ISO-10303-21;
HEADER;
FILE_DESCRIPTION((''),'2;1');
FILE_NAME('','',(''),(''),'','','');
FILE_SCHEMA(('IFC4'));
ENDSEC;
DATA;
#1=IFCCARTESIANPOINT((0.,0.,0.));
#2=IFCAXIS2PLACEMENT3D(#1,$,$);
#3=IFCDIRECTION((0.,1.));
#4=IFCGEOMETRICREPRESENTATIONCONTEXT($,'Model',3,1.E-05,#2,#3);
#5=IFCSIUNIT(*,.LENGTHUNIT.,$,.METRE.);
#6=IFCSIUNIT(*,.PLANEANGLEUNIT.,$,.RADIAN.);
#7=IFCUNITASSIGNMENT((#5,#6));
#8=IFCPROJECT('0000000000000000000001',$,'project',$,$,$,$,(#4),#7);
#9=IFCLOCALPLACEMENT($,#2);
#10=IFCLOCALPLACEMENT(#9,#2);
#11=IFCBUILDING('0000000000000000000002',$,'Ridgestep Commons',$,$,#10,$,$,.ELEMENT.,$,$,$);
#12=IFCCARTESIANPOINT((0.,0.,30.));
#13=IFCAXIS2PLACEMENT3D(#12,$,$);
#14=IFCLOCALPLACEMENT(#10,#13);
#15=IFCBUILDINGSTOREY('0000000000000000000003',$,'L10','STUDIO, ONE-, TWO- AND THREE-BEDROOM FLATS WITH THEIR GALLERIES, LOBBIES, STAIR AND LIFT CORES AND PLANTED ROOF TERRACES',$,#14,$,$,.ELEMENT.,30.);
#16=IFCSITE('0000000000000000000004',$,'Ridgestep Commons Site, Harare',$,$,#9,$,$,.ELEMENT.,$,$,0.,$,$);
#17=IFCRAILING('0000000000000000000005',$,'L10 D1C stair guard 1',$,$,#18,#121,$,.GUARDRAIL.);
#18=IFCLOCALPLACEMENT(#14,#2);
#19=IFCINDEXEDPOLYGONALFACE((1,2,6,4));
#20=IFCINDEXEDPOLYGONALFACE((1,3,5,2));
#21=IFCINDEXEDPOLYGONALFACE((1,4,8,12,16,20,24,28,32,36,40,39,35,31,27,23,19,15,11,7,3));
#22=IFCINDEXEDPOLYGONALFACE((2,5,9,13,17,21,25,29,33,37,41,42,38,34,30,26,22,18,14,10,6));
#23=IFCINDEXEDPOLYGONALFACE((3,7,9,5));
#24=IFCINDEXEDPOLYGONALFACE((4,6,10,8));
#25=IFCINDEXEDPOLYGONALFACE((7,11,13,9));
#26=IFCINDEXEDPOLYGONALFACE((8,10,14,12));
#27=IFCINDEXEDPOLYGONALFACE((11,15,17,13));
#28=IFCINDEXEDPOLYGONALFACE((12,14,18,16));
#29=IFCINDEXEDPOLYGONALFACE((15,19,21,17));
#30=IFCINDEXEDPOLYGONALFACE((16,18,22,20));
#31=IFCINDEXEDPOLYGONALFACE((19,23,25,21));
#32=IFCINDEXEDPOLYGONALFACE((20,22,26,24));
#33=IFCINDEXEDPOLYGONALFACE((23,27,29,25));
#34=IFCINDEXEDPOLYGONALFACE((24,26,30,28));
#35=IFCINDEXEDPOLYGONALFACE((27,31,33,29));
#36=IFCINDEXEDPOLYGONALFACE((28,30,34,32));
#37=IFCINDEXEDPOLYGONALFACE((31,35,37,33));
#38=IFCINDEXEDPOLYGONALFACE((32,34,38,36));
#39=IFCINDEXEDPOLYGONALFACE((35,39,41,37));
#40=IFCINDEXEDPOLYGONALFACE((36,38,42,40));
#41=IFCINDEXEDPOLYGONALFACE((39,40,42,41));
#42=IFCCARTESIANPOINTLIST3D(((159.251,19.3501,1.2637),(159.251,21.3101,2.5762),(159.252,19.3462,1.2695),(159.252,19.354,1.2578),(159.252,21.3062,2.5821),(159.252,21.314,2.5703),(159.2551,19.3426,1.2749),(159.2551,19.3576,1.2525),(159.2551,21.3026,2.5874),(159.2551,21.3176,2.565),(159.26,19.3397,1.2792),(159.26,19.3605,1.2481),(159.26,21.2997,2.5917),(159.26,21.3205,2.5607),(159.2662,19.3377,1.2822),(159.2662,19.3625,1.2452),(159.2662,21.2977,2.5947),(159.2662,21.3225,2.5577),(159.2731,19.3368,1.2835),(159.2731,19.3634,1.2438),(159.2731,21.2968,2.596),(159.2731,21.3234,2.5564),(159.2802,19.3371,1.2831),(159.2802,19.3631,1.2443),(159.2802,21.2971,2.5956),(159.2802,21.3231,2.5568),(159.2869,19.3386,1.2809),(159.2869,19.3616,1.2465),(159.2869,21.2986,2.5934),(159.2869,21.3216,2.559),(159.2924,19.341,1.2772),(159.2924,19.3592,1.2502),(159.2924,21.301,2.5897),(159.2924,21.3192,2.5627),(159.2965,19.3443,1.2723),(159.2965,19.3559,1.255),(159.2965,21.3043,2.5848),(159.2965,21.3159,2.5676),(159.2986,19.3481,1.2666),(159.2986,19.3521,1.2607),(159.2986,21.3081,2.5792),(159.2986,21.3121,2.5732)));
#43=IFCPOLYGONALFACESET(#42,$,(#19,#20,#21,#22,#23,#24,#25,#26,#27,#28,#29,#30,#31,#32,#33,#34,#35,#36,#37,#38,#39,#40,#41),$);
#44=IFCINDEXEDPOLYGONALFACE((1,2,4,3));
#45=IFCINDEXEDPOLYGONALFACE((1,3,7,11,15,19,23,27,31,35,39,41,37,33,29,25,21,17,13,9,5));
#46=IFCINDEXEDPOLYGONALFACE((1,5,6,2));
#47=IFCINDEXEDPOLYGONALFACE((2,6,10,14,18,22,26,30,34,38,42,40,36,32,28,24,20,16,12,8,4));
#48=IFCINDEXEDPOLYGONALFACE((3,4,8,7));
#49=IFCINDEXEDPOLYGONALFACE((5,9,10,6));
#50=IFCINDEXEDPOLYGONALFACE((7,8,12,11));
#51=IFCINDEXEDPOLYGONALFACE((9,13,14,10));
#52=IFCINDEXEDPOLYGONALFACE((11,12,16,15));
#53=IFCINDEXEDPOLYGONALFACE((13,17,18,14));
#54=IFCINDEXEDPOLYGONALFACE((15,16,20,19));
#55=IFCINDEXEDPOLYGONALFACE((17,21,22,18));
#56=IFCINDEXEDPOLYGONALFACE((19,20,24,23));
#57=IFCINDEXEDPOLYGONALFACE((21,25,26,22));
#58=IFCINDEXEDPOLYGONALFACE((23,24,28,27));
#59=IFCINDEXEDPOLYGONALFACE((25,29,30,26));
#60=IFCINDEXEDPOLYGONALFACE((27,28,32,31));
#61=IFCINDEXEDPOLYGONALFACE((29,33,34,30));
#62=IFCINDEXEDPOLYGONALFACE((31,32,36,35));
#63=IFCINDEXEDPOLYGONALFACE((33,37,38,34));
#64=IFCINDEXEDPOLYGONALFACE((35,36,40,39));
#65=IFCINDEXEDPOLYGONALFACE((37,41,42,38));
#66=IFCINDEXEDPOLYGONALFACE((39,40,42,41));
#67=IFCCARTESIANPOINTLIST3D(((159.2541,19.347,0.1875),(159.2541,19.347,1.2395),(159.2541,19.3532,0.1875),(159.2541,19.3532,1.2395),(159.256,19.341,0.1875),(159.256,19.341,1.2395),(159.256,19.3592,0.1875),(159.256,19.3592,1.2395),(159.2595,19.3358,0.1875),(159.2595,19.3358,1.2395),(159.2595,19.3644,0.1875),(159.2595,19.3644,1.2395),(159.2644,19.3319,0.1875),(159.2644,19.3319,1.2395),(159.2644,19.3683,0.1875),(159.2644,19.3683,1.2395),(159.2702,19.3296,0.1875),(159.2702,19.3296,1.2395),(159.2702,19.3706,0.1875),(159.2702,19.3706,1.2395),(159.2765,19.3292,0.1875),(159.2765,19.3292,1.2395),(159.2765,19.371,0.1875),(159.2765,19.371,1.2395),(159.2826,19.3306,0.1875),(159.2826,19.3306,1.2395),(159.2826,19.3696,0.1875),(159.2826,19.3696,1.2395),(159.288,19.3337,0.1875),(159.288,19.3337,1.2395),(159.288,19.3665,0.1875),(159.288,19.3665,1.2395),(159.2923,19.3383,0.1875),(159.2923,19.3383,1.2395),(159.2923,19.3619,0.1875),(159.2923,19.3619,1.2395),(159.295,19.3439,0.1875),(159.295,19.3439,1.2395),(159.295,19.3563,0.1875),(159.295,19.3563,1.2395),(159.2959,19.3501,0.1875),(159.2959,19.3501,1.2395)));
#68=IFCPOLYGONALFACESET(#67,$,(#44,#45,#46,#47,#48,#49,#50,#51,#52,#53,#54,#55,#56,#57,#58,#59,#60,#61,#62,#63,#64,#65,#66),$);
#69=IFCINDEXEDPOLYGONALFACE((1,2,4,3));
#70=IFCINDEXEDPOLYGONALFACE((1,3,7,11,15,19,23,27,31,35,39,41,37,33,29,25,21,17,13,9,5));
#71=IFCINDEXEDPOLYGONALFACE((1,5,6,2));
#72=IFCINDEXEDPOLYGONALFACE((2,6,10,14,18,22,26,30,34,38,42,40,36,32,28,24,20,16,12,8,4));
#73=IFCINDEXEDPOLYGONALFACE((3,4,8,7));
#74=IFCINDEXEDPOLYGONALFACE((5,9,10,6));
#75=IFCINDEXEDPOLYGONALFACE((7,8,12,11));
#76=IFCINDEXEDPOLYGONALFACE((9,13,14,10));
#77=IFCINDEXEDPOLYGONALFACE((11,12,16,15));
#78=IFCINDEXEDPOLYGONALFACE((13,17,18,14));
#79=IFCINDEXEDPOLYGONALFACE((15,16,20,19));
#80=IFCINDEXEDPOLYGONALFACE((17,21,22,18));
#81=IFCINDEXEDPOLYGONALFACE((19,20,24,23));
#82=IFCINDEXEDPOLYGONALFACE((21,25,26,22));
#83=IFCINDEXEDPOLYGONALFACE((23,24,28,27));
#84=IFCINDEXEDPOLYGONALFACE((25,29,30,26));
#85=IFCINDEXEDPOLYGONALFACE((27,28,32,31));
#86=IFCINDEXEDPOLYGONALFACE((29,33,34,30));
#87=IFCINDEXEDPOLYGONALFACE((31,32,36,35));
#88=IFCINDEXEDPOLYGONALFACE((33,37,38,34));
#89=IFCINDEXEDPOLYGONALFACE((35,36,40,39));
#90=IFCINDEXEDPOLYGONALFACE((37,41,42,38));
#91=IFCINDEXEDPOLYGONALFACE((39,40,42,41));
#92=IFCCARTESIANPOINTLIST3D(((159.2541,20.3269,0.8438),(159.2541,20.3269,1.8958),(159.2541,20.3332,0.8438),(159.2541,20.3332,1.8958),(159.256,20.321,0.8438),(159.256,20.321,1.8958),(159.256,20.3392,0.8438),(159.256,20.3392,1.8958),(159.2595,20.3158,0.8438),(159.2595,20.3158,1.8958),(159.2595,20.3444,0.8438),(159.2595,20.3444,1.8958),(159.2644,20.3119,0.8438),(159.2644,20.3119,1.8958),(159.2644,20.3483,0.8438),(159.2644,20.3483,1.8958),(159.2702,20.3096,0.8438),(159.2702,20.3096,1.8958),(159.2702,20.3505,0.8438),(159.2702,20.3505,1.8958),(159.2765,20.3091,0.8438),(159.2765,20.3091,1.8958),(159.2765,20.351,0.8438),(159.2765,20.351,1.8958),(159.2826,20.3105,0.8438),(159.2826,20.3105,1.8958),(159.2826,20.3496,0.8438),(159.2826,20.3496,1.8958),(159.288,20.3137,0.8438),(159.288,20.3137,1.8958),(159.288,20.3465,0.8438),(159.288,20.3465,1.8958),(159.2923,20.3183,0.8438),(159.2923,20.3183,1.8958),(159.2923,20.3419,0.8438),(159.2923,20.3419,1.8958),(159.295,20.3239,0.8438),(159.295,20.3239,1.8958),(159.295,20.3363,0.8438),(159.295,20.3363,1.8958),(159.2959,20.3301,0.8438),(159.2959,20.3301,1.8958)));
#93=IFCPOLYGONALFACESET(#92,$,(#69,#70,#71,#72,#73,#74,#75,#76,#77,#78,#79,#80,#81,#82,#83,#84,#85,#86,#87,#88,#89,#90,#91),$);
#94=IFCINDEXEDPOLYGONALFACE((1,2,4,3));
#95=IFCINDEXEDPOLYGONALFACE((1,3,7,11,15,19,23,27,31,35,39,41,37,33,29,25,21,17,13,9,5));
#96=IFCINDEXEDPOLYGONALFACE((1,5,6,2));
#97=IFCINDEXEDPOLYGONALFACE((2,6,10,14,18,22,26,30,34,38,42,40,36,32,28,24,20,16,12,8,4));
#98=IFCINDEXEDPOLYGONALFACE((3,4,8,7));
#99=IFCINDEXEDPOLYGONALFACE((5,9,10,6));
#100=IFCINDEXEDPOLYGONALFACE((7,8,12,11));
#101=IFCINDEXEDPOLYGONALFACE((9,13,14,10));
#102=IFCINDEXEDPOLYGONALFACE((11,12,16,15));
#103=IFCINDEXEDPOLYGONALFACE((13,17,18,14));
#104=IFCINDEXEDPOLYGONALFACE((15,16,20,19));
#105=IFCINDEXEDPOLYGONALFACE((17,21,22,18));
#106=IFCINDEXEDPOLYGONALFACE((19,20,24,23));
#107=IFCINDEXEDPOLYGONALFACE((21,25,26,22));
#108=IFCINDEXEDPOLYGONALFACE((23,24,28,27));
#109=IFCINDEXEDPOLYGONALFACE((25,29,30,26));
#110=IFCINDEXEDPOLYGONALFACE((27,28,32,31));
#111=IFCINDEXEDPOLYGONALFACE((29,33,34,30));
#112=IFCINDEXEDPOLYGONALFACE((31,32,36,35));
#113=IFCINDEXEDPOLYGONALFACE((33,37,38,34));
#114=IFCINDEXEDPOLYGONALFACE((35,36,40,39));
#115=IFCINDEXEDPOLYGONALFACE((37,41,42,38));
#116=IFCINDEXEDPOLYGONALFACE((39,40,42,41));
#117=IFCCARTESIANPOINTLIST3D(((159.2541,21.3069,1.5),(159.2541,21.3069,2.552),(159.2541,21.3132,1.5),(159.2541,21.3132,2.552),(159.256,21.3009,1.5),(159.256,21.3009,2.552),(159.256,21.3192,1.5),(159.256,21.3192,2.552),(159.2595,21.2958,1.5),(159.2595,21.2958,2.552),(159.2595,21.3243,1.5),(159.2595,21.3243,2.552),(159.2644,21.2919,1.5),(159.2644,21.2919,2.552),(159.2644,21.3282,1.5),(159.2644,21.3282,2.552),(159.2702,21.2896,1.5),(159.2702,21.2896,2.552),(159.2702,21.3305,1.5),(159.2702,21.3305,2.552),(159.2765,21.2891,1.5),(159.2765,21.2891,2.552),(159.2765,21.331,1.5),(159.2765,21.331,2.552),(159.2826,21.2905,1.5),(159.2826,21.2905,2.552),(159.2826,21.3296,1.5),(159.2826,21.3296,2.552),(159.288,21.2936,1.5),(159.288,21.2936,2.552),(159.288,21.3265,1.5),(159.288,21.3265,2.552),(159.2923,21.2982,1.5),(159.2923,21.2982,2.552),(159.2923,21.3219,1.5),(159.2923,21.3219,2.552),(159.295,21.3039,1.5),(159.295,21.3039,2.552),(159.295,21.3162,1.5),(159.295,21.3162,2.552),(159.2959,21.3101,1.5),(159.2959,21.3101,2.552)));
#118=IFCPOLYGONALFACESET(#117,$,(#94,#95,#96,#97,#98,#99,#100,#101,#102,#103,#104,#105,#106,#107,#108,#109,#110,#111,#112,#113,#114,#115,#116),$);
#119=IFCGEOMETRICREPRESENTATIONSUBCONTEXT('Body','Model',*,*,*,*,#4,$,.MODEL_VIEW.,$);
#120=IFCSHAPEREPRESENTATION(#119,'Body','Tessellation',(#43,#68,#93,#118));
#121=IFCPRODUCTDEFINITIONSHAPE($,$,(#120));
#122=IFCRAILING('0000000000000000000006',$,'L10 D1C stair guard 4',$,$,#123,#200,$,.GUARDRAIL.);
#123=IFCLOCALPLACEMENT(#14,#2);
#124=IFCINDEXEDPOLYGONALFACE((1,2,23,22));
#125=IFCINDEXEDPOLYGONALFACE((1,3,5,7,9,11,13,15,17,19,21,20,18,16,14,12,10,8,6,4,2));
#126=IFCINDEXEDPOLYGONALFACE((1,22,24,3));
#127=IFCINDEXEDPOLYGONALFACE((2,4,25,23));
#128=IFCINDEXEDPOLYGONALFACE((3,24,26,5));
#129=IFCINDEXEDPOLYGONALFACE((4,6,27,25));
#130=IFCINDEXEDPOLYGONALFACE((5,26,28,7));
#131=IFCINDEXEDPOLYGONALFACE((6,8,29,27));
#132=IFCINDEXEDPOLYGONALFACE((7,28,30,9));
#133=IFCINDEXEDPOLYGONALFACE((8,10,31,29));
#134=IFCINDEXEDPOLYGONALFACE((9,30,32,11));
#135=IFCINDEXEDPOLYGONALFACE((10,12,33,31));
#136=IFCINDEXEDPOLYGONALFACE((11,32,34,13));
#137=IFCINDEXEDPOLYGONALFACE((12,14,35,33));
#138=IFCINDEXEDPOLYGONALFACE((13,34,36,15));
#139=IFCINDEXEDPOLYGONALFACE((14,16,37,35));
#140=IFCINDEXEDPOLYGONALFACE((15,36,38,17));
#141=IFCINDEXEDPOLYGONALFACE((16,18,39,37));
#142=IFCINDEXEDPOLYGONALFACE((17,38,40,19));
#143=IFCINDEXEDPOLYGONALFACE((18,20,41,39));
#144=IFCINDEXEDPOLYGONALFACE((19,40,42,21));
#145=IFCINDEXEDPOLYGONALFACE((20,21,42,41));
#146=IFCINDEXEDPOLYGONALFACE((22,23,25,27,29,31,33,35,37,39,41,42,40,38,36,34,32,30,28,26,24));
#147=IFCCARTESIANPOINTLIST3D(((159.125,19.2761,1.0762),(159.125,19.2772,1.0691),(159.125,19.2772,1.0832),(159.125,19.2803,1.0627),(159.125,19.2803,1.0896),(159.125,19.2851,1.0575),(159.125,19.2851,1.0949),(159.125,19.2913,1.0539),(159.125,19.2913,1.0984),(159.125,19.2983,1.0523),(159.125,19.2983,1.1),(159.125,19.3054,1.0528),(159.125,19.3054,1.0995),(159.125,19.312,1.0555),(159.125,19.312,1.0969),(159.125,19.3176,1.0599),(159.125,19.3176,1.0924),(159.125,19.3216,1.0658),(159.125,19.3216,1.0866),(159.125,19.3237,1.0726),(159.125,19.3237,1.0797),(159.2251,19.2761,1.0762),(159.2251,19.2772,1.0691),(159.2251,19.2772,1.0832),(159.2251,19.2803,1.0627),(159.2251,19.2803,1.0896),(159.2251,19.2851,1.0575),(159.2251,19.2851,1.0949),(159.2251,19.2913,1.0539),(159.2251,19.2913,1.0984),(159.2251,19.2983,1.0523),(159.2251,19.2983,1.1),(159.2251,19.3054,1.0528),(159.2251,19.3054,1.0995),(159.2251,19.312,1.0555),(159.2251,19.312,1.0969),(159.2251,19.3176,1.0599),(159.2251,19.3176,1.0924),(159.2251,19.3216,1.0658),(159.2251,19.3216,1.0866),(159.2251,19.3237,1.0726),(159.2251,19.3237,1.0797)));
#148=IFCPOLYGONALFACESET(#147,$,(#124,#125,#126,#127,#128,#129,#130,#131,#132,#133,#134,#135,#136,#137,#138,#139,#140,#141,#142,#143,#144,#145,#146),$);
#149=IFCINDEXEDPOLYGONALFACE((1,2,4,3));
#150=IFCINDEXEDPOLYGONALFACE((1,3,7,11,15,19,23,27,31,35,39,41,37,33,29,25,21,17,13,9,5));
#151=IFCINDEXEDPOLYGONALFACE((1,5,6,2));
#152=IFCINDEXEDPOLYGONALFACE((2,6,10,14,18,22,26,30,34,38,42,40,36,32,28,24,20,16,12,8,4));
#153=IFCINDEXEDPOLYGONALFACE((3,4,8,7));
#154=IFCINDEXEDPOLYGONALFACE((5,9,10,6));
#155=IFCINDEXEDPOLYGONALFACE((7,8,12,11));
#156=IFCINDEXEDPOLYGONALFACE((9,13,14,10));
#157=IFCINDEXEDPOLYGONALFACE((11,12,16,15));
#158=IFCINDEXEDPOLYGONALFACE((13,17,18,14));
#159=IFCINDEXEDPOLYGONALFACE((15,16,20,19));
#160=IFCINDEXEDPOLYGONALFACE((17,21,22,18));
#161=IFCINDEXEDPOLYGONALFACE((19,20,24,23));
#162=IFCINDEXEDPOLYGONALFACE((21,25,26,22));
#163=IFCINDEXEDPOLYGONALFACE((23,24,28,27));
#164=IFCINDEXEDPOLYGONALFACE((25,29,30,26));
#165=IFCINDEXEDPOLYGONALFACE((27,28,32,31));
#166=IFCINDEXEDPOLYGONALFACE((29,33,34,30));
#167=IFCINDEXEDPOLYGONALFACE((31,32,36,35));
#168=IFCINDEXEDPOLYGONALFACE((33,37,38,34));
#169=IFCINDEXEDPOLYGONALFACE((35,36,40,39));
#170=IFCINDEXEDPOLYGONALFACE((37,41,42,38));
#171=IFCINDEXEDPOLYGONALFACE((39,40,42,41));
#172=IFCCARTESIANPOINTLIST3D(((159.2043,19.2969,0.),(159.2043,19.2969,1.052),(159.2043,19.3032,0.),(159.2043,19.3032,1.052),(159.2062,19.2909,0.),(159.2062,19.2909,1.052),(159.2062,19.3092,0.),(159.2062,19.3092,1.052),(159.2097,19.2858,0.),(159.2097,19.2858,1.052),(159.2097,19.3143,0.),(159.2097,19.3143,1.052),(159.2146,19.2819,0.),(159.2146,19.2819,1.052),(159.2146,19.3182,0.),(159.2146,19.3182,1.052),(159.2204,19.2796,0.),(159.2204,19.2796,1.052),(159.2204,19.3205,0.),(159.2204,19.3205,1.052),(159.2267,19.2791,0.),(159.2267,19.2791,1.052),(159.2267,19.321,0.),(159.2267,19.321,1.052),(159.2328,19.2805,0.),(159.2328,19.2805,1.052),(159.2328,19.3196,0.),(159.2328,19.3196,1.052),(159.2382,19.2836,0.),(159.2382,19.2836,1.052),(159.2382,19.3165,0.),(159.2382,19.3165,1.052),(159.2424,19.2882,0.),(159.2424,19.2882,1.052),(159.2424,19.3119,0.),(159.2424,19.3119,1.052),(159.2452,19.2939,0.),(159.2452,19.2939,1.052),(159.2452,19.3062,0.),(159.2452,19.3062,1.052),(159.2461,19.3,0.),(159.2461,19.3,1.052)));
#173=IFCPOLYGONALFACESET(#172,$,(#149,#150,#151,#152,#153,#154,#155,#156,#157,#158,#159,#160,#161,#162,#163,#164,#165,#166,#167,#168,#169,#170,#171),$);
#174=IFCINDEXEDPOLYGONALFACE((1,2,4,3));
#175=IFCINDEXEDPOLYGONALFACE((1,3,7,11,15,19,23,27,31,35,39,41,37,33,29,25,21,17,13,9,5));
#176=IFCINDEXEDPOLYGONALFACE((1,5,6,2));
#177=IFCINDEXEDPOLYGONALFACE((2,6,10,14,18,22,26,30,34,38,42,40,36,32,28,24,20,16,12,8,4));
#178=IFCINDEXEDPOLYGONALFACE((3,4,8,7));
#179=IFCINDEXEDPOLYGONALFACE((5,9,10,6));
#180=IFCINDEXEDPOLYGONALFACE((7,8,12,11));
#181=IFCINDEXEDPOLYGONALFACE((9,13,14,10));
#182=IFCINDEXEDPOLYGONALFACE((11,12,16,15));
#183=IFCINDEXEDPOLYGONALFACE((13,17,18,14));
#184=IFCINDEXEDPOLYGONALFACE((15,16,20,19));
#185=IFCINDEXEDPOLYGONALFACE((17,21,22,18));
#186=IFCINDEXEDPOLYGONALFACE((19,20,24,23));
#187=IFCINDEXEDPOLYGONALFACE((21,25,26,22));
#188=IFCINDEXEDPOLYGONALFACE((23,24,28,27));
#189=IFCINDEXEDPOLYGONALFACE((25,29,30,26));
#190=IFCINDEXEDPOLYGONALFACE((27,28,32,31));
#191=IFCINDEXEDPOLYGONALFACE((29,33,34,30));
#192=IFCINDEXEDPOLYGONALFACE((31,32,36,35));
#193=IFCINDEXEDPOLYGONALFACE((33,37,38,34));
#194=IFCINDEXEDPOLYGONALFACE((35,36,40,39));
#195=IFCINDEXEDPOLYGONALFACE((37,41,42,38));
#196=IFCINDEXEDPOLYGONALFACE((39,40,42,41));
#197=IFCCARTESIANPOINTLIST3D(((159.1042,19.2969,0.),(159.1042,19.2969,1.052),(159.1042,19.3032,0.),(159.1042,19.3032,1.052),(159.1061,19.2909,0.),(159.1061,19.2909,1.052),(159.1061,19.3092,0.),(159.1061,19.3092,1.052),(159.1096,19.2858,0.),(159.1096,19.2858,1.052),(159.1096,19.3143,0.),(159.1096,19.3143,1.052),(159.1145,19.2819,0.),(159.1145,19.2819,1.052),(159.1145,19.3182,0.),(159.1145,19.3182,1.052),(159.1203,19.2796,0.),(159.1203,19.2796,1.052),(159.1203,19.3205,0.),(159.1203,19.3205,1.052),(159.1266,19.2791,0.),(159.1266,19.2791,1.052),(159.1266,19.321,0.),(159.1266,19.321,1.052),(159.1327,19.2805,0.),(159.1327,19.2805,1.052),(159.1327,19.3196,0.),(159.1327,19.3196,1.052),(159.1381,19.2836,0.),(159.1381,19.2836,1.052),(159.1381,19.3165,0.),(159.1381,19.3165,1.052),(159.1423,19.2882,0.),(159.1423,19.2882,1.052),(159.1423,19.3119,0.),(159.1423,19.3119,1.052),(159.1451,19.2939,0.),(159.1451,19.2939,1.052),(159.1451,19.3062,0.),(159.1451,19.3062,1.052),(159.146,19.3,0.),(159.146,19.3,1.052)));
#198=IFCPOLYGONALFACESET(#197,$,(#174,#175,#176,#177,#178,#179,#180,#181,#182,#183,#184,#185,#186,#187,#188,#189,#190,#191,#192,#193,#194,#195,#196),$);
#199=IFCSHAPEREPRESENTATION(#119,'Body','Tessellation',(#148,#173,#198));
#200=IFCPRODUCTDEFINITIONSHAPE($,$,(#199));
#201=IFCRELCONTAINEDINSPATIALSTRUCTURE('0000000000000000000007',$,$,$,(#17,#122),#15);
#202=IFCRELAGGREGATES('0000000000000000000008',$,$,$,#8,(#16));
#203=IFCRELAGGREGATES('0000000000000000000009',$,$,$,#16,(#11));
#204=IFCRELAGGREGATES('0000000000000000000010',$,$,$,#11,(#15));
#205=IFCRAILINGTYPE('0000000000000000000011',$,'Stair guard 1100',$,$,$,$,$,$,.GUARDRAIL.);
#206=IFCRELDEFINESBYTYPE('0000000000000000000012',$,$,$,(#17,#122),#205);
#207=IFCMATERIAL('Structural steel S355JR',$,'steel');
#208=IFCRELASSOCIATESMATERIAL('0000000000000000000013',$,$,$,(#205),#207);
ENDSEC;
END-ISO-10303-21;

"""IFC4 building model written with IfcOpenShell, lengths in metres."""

from ifc_helpers import new_model, si_unit, direction, frame, origin, origin_2d, place, context, subcontext, project, spatial, circle, extrude, material, type_object, element, save


model = new_model("IFC4")

# Units and contexts
model_context = context("Model", 3, precision=1e-05, world=origin(), true_north=direction((0.0, 1.0)))
body_context = subcontext(model_context, "Body", "Model", "MODEL_VIEW")
ifc_project = project(units=[si_unit("LENGTHUNIT", "METRE"), si_unit("PLANEANGLEUNIT", "RADIAN")], contexts=[model_context])

# Site, building, storey
site_placement = place(None, origin())
site = spatial("IfcSite", under=ifc_project, at=site_placement, Name="Ridgestep Commons Site, Harare", CompositionType="ELEMENT", RefElevation=0.0)
building_placement = place(site_placement, origin())
building = spatial("IfcBuilding", under=site, at=building_placement, Name="Ridgestep Commons", CompositionType="ELEMENT")
storey_placement = place(building_placement, frame((0.0, 0.0, 30.0)))
storey = spatial("IfcBuildingStorey", under=building, at=storey_placement, Name="L10", Description="STUDIO, ONE-, TWO- AND THREE-BEDROOM FLATS WITH THEIR GALLERIES, LOBBIES, STAIR AND LIFT CORES AND PLANTED ROOF TERRACES", CompositionType="ELEMENT", Elevation=30.0)

# Railings
ifc_material_1 = material(Name="Structural steel S355JR", Category="steel")
railing_type_1 = type_object("IfcRailingType", Name="Stair guard 1100", PredefinedType="GUARDRAIL", material=ifc_material_1)
railing_1_placement = place(storey_placement, frame((159.2749, 19.3501, 0.1875)))
element("IfcRailing", 1, at=railing_1_placement, inside=storey, type_object=railing_type_1, Name="L10 D1C stair guard 1", PredefinedType="GUARDRAIL", context=body_context, shape_type="SweptSolid", body=[
    extrude(circle(Radius=0.0239, at=origin_2d()), frame((0.0, 0.0, 1.0762), z_axis=(0.0, 0.830902, 0.556419), x_axis=(-1.0, 0.0, 0.0)), (0.0, 0.0, 1.0), 2.3589),
    extrude(circle(Radius=0.021, at=origin_2d()), origin(), (0.0, 0.0, 1.0), 1.052),
    extrude(circle(Radius=0.021, at=origin_2d()), frame((0.0, 0.98, 0.6562)), (0.0, 0.0, 1.0), 1.052),
    extrude(circle(Radius=0.021, at=origin_2d()), frame((0.0, 1.96, 1.3125)), (0.0, 0.0, 1.0), 1.052),
])
railing_2_placement = place(storey_placement, frame((159.2251, 19.3, 0.0)))
element("IfcRailing", 2, at=railing_2_placement, inside=storey, type_object=railing_type_1, Name="L10 D1C stair guard 4", PredefinedType="GUARDRAIL", context=body_context, shape_type="SweptSolid", body=[
    extrude(circle(Radius=0.0239, at=origin_2d()), frame((0.0, 0.0, 1.0762), z_axis=(-1.0, 0.0, 0.0), x_axis=(0.0, -1.0, 0.0)), (0.0, 0.0, 1.0), 0.1001),
    extrude(circle(Radius=0.021, at=origin_2d()), origin(), (0.0, 0.0, 1.0), 1.052),
    extrude(circle(Radius=0.021, at=origin_2d()), frame((-0.1001, 0.0, 0.0)), (0.0, 0.0, 1.0), 1.052),
])

save(model, "model.ifc")
